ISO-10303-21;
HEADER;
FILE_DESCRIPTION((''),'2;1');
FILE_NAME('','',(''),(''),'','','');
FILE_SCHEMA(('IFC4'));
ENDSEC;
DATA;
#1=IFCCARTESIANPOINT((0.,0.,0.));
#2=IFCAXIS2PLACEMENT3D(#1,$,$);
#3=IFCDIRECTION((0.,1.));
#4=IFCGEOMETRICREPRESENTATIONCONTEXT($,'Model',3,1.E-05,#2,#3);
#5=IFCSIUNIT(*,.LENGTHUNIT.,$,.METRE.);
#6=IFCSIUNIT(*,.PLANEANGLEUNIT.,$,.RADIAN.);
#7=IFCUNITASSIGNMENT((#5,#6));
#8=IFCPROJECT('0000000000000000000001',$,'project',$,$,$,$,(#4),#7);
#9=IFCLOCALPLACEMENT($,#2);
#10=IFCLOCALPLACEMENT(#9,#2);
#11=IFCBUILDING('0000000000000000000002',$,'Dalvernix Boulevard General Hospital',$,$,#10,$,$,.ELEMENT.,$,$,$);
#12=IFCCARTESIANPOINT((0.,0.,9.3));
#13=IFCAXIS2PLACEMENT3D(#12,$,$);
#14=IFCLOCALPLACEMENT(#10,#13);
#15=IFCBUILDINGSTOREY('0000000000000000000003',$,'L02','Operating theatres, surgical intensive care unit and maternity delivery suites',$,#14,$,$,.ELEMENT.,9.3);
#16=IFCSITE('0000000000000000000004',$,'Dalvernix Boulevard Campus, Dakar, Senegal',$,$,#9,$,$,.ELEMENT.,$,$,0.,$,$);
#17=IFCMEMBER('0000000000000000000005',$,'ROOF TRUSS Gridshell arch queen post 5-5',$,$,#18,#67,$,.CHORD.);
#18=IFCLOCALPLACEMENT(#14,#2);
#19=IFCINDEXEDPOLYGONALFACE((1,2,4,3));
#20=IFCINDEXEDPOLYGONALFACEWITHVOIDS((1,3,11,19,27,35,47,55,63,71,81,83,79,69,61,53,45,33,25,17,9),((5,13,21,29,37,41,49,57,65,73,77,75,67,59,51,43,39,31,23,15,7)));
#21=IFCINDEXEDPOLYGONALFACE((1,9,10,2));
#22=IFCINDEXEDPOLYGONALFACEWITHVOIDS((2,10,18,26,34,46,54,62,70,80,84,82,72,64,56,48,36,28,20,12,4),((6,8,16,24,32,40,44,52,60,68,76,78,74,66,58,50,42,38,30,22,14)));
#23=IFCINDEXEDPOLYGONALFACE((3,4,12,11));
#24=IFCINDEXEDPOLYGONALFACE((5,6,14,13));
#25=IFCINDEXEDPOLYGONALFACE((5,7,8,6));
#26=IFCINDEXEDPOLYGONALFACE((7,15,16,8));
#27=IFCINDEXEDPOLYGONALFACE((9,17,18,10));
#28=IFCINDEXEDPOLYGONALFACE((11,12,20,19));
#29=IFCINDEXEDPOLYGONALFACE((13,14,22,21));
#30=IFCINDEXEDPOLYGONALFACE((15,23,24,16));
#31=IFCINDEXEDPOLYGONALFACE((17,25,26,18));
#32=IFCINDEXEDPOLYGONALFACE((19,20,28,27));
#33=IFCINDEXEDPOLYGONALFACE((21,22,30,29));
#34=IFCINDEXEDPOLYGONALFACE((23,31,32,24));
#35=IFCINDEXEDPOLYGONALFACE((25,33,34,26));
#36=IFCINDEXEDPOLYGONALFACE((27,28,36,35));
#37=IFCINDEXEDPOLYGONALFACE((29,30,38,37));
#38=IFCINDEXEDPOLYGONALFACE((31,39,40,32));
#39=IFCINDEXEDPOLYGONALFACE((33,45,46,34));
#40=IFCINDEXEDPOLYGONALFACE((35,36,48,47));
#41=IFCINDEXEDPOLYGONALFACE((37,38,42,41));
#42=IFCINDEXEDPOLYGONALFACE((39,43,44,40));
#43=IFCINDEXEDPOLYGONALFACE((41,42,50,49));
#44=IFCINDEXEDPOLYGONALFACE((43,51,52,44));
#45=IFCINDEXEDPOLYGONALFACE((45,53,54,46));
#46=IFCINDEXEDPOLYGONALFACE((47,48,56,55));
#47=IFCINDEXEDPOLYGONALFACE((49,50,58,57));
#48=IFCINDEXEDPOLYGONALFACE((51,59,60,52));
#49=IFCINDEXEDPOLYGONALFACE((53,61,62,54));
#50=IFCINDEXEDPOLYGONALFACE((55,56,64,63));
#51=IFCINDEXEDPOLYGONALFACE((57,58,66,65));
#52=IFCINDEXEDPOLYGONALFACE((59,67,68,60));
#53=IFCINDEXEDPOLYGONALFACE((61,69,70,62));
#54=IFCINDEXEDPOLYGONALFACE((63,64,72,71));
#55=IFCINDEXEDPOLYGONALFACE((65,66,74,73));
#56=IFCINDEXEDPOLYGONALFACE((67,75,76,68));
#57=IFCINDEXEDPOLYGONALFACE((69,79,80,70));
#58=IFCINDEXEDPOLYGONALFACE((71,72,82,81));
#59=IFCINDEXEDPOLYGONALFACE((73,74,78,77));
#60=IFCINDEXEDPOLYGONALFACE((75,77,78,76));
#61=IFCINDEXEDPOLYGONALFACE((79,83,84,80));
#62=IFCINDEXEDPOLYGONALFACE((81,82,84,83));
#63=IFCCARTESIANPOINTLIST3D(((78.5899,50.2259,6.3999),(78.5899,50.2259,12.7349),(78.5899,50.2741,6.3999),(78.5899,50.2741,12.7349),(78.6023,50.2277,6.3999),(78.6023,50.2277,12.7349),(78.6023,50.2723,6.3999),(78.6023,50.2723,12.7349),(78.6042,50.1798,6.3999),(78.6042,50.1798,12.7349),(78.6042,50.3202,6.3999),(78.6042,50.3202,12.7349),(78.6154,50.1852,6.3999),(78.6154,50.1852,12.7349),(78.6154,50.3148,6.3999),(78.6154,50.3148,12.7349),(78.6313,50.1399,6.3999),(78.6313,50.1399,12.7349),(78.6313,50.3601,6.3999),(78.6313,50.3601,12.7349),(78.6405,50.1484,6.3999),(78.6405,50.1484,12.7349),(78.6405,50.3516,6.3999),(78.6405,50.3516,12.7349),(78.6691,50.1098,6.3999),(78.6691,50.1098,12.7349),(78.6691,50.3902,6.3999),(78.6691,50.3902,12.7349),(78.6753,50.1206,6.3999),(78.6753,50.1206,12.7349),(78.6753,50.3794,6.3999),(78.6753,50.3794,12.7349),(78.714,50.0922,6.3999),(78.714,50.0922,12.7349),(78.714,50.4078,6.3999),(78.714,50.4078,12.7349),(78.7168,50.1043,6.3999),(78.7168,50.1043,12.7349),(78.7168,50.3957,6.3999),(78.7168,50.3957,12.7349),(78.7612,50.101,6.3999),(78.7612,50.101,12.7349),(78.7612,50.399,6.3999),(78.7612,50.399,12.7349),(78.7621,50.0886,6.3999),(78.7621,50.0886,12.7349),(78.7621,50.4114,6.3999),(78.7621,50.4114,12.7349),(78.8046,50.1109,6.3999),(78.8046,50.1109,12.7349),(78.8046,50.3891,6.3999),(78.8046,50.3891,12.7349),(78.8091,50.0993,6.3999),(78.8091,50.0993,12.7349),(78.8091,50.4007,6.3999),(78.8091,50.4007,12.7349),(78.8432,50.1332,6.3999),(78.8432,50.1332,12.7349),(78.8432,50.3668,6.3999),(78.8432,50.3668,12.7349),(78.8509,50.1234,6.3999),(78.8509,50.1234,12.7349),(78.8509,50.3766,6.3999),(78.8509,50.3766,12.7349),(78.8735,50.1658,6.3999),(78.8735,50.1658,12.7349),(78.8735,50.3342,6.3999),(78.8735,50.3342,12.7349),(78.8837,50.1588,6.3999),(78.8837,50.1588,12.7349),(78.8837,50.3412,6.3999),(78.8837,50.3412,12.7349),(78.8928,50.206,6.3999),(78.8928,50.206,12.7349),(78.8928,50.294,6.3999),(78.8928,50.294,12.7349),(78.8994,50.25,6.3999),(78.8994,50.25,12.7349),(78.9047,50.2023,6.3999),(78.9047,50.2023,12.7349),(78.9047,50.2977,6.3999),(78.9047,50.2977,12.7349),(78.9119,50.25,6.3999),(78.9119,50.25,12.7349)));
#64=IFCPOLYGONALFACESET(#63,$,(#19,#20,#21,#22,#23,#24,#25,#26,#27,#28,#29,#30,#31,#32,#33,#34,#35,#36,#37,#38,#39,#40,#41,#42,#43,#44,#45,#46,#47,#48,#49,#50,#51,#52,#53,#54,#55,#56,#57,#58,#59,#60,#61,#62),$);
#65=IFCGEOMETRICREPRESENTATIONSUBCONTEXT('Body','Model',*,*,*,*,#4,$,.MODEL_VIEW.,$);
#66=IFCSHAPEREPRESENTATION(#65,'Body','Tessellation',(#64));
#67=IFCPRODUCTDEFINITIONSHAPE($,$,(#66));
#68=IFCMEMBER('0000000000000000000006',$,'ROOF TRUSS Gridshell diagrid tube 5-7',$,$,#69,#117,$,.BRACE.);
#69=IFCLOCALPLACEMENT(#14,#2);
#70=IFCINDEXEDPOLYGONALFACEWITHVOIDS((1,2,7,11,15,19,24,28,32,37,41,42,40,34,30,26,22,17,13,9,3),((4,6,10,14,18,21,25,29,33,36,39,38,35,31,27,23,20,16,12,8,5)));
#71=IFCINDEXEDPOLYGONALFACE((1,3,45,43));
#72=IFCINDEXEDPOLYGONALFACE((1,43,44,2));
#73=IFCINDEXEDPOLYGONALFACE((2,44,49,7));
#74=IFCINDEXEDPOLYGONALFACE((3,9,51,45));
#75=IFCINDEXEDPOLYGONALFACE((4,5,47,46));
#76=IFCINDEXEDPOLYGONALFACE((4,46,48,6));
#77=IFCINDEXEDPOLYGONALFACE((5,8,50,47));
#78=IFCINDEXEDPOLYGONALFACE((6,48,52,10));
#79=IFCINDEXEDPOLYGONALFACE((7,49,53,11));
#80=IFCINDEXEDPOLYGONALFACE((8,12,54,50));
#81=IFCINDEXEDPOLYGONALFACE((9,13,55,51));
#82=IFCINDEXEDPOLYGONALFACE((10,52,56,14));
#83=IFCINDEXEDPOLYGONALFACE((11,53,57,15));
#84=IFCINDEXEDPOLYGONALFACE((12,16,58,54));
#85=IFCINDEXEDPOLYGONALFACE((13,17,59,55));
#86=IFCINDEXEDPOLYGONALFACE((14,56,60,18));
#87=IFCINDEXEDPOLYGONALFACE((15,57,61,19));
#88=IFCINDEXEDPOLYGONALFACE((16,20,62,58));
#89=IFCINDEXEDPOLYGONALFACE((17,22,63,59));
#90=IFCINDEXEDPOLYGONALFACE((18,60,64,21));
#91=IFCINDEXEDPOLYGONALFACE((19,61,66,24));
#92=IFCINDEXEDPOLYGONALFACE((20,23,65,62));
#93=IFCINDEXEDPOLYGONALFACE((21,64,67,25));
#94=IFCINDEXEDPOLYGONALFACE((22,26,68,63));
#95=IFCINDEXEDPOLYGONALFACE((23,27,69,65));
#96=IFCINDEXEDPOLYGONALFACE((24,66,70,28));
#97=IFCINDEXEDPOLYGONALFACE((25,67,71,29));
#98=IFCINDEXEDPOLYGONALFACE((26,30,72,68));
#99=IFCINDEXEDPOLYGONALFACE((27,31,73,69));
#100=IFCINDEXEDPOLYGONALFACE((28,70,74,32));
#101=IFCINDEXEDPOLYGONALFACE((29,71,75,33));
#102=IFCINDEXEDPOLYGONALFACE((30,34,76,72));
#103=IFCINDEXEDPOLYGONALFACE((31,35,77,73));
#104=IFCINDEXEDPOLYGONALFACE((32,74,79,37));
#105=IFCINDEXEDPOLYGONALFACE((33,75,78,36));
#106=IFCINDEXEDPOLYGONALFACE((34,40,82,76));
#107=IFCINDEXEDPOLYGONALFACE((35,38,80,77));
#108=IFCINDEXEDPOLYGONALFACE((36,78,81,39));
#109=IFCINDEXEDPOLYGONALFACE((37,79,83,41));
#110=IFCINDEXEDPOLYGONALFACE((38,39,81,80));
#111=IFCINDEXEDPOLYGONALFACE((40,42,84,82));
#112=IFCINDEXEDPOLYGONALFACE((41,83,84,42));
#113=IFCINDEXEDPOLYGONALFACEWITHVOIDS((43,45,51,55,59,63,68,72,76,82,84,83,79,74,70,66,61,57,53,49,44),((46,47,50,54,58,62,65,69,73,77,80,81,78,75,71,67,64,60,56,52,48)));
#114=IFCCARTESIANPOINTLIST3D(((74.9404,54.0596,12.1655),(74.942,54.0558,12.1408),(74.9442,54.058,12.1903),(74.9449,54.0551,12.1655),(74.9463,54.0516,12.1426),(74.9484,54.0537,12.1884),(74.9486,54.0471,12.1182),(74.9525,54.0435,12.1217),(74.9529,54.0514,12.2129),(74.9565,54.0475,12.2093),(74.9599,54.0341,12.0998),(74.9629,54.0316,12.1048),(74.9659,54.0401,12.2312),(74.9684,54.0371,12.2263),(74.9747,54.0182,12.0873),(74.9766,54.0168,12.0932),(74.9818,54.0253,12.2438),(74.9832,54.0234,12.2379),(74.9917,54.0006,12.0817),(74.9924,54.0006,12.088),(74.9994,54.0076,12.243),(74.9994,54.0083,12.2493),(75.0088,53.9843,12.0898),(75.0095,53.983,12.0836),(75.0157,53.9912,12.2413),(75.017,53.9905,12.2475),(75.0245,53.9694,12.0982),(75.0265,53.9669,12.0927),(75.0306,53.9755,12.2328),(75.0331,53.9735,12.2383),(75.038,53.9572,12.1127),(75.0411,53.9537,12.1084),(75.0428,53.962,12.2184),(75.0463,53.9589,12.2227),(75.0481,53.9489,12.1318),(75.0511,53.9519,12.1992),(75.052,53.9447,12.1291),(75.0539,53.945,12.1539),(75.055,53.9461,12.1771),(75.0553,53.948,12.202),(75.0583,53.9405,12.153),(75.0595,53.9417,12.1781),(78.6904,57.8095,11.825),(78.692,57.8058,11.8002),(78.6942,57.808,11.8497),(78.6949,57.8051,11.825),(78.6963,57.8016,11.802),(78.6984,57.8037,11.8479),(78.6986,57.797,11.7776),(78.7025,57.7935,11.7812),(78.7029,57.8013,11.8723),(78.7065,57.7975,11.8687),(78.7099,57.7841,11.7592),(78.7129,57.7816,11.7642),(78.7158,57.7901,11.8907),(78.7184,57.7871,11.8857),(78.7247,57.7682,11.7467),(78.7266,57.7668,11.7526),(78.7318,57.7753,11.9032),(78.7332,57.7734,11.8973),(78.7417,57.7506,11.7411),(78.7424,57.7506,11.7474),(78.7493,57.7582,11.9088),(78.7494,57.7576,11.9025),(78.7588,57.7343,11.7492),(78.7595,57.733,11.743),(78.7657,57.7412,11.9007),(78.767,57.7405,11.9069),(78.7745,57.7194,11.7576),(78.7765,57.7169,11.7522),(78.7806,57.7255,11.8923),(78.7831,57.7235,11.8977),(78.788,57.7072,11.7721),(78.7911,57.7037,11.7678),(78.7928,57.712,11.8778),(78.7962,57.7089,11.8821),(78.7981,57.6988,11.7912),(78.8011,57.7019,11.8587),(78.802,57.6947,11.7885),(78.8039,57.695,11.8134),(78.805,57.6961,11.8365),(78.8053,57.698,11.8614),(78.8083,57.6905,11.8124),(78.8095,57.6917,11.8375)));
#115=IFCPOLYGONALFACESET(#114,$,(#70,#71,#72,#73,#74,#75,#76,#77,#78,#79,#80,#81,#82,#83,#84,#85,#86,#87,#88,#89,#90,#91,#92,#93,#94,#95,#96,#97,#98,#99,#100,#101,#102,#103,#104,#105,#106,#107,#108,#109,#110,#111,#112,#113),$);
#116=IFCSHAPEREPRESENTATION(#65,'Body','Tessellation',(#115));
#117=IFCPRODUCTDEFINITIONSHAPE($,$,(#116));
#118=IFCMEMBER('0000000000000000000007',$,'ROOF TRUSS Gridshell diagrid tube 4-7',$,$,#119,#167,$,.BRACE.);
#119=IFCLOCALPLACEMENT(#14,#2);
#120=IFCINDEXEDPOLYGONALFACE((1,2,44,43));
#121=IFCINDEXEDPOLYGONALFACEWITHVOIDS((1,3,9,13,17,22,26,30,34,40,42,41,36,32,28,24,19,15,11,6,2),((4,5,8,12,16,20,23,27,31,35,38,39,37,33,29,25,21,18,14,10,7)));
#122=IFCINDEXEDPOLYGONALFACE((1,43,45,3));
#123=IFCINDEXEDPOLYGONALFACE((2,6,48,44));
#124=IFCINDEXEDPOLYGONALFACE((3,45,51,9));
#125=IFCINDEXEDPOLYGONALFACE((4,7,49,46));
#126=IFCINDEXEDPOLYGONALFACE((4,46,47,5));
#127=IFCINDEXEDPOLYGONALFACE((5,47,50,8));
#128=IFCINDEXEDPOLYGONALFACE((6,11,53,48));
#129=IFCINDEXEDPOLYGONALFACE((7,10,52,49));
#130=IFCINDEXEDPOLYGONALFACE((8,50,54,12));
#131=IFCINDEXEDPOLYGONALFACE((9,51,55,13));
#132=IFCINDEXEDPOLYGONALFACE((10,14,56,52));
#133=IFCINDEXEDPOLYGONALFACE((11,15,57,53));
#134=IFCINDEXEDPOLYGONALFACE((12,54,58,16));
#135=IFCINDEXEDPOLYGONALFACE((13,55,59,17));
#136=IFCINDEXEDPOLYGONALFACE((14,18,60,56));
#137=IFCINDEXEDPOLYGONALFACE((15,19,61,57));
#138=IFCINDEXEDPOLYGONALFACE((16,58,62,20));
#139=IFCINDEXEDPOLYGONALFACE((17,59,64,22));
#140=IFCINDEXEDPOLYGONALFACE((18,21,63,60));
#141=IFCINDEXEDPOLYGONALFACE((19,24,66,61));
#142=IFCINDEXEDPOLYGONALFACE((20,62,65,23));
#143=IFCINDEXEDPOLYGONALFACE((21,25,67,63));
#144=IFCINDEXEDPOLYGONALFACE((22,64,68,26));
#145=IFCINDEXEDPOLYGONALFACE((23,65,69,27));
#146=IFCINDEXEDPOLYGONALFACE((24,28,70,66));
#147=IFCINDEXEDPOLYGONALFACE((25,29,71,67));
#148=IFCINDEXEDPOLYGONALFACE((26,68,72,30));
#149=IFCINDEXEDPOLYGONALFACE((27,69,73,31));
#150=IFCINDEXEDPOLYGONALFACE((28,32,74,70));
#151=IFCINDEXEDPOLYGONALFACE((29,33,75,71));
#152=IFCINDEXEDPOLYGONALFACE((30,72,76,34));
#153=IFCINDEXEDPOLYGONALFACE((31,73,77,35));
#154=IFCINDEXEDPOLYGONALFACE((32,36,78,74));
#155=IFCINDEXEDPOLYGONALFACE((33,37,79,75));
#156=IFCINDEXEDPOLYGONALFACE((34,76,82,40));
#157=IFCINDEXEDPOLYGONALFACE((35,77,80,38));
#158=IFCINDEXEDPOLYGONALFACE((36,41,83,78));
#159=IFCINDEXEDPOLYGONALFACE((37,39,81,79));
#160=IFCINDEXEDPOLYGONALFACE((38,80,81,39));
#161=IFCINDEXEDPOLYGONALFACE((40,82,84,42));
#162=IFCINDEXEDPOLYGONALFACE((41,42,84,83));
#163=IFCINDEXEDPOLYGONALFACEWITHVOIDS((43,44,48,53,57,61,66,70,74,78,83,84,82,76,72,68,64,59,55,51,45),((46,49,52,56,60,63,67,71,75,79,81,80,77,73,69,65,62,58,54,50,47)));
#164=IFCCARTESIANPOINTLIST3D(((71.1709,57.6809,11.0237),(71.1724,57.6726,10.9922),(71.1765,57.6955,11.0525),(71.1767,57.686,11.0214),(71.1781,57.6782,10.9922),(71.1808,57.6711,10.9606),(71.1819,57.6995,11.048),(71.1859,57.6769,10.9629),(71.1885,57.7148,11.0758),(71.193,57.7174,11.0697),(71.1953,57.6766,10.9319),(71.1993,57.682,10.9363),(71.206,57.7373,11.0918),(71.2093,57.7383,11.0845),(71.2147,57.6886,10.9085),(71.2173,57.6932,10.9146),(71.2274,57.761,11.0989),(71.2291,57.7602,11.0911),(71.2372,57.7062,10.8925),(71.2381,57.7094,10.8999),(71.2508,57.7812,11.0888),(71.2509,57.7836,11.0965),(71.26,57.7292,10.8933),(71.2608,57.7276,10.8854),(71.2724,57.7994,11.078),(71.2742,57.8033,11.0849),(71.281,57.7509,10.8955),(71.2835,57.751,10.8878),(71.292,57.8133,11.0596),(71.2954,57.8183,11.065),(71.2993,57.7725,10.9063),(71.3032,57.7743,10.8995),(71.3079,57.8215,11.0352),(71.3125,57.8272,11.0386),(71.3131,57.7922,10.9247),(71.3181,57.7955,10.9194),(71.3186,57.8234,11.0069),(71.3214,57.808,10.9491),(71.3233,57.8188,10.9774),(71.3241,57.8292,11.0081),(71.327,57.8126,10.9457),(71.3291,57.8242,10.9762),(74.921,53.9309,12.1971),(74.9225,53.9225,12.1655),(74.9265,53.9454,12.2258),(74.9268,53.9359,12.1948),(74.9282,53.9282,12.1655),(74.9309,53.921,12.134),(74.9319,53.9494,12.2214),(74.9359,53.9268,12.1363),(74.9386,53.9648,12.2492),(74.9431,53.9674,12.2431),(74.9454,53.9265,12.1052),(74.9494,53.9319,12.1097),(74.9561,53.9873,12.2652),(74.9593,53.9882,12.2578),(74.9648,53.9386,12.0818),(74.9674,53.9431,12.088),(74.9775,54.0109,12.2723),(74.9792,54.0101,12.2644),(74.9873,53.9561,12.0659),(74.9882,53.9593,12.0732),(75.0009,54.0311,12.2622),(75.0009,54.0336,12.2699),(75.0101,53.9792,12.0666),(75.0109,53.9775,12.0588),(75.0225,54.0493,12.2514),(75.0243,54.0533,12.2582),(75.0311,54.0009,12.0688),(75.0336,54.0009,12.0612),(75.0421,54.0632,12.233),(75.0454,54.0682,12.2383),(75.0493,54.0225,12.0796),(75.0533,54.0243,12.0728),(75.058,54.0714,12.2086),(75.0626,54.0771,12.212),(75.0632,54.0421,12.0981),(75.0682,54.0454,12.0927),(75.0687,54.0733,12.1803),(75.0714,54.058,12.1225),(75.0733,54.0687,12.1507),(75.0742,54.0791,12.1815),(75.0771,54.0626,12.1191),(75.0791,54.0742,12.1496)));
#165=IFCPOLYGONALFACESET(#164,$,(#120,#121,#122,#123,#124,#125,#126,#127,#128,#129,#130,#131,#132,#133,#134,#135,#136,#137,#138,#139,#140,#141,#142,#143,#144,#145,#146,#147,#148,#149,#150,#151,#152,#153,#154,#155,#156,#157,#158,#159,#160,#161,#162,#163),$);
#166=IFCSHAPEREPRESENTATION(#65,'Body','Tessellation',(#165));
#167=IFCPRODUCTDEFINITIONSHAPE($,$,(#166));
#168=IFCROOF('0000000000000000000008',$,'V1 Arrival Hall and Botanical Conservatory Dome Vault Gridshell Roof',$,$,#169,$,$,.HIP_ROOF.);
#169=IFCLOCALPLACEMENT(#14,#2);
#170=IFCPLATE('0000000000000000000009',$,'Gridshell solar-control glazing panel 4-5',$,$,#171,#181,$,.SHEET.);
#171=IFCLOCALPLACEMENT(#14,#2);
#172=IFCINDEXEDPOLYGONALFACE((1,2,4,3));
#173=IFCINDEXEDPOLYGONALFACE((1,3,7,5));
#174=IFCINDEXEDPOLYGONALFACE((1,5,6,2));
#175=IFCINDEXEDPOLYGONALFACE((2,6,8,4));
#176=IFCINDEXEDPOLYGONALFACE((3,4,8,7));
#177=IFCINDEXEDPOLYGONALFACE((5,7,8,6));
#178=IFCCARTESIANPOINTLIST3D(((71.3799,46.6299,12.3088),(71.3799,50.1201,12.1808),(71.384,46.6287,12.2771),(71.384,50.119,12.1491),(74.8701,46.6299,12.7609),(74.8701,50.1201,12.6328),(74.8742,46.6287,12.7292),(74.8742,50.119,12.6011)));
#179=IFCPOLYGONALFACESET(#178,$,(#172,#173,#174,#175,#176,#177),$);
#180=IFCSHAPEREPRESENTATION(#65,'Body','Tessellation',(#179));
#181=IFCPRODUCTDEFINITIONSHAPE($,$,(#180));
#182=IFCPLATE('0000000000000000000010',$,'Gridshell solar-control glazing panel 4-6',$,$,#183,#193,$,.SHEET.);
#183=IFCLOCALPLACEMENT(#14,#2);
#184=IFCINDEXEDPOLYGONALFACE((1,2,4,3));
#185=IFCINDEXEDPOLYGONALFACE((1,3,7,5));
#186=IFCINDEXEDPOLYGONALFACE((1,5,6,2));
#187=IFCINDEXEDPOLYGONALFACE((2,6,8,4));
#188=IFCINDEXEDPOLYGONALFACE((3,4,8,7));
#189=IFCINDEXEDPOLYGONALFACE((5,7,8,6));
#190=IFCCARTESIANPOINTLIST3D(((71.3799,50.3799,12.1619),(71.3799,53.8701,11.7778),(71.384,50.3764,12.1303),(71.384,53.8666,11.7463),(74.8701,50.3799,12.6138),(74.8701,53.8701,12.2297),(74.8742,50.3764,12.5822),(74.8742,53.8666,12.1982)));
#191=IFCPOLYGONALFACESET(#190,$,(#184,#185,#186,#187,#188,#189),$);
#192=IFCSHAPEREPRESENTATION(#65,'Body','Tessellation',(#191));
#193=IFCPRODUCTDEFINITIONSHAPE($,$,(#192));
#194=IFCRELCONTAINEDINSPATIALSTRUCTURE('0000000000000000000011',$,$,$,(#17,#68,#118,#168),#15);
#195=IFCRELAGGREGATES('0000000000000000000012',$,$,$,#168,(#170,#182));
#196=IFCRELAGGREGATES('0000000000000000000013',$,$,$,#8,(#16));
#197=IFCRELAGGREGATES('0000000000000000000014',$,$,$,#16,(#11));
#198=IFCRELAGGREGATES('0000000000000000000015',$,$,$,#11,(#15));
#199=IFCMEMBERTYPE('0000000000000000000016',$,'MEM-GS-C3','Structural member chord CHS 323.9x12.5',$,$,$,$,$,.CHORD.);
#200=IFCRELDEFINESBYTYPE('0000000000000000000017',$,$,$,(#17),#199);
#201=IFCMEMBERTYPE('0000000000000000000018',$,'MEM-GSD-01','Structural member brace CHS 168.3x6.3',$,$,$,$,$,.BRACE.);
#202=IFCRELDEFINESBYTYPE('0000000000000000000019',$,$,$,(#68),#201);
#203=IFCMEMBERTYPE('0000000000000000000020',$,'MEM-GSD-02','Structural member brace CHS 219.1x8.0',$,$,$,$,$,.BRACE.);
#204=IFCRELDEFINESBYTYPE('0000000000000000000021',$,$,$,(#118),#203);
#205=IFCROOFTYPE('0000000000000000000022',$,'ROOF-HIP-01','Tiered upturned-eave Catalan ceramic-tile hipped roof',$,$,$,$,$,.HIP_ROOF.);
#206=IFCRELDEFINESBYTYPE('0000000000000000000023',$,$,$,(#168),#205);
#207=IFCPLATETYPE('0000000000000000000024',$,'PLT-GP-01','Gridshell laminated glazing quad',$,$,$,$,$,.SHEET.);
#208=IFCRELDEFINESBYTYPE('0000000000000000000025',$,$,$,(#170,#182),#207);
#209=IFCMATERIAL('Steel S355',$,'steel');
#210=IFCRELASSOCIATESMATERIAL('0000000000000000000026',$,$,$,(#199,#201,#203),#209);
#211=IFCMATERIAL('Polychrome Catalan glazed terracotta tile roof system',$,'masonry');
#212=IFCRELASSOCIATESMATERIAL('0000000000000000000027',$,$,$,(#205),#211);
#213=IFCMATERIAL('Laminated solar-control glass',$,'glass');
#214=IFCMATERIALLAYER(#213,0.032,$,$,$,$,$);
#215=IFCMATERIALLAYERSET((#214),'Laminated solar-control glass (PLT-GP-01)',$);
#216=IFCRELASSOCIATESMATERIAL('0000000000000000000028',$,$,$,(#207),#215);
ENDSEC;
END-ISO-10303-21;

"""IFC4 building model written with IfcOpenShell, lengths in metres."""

from ifc_helpers import new_model, si_unit, direction, frame, origin, origin_2d, place, context, subcontext, project, spatial, polyline, hollow_circle, outline, extrude, material, layer, layer_set, material_profile, profile_set, type_object, element, aggregate, save


model = new_model("IFC4")

# Units and contexts
model_context = context("Model", 3, precision=1e-05, world=origin(), true_north=direction((0.0, 1.0)))
body_context = subcontext(model_context, "Body", "Model", "MODEL_VIEW")
ifc_project = project(units=[si_unit("LENGTHUNIT", "METRE"), si_unit("PLANEANGLEUNIT", "RADIAN")], contexts=[model_context])

# Site, building, storey
site_placement = place(None, origin())
site = spatial("IfcSite", under=ifc_project, at=site_placement, Name="Dalvernix Boulevard Campus, Dakar, Senegal", CompositionType="ELEMENT", RefElevation=0.0)
building_placement = place(site_placement, origin())
building = spatial("IfcBuilding", under=site, at=building_placement, Name="Dalvernix Boulevard General Hospital", CompositionType="ELEMENT")
storey_placement = place(building_placement, frame((0.0, 0.0, 9.3)))
storey = spatial("IfcBuildingStorey", under=building, at=storey_placement, Name="L02", Description="Operating theatres, surgical intensive care unit and maternity delivery suites", CompositionType="ELEMENT", Elevation=9.3)

# Shared definitions
ifc_material_1 = material(Name="Steel S355", Category="steel")

# Members
ifc_material_profile_1 = material_profile(ifc_material_1, hollow_circle(Radius=0.1619, WallThickness=0.0125, at=origin_2d()), Name="CHS 323.9x12.5")
ifc_profile_set_1 = profile_set([ifc_material_profile_1], Name="Steel S355")
member_type_1 = type_object("IfcMemberType", Name="MEM-GS-C3", Description="Structural member chord CHS 323.9x12.5", PredefinedType="CHORD", material=ifc_profile_set_1)
member_1_placement = place(storey_placement, frame((78.75, 50.25, 6.3999), z_axis=(0.0, 0.0, 1.0), x_axis=(1.0, 0.0, 0.0)))
element("IfcMember", 1, at=member_1_placement, inside=storey, type_object=member_type_1, Name="ROOF TRUSS Gridshell arch queen post 5-5", PredefinedType="CHORD", context=body_context, shape_type="SweptSolid", body=[
    extrude(hollow_circle(Radius=0.1619, WallThickness=0.0125, at=origin_2d()), origin(), (0.0, 0.0, 1.0), 6.335),
])
ifc_material_profile_2 = material_profile(ifc_material_1, hollow_circle(Radius=0.0842, WallThickness=0.0063, at=origin_2d()), Name="CHS 168.3x6.3")
ifc_profile_set_2 = profile_set([ifc_material_profile_2], Name="Steel S355")
member_type_2 = type_object("IfcMemberType", Name="MEM-GSD-01", Description="Structural member brace CHS 168.3x6.3", PredefinedType="BRACE", material=ifc_profile_set_2)
member_2_placement = place(storey_placement, frame((75.0, 54.0, 12.1655), z_axis=(0.705653, 0.705653, -0.064088), x_axis=(-0.707107, 0.707107, 0.0)))
element("IfcMember", 2, at=member_2_placement, inside=storey, type_object=member_type_2, Name="ROOF TRUSS Gridshell diagrid tube 5-7", PredefinedType="BRACE", context=body_context, shape_type="SweptSolid", body=[
    extrude(hollow_circle(Radius=0.0842, WallThickness=0.0063, at=origin_2d()), origin(), (0.0, 0.0, 1.0), 5.3142),
])
ifc_material_profile_3 = material_profile(ifc_material_1, hollow_circle(Radius=0.1096, WallThickness=0.0081, at=origin_2d()), Name="CHS 219.1x8.0")
ifc_profile_set_3 = profile_set([ifc_material_profile_3], Name="Steel S355")
member_type_3 = type_object("IfcMemberType", Name="MEM-GSD-02", Description="Structural member brace CHS 219.1x8.0", PredefinedType="BRACE", material=ifc_profile_set_3)
member_3_placement = place(storey_placement, frame((75.0, 54.0, 12.1655), z_axis=(-0.690411, 0.690411, -0.216023), x_axis=(-0.707107, -0.707107, 0.0)))
element("IfcMember", 3, at=member_3_placement, inside=storey, type_object=member_type_3, Name="ROOF TRUSS Gridshell diagrid tube 4-7", PredefinedType="BRACE", context=body_context, shape_type="SweptSolid", body=[
    extrude(hollow_circle(Radius=0.1096, WallThickness=0.0081, at=origin_2d()), origin(), (0.0, 0.0, 1.0), 5.4316),
])

# Roof, plates
ifc_material_2 = material(Name="Polychrome Catalan glazed terracotta tile roof system", Category="masonry")
roof_type = type_object("IfcRoofType", Name="ROOF-HIP-01", Description="Tiered upturned-eave Catalan ceramic-tile hipped roof", PredefinedType="HIP_ROOF", material=ifc_material_2)
roof_placement = place(storey_placement, origin())
roof = element("IfcRoof", 4, at=roof_placement, inside=storey, type_object=roof_type, Name="V1 Arrival Hall and Botanical Conservatory Dome Vault Gridshell Roof", PredefinedType="HIP_ROOF")
ifc_material_3 = material(Name="Laminated solar-control glass", Category="glass")
ifc_layer_1 = layer(ifc_material_3, 0.032)
ifc_layer_set_1 = layer_set([ifc_layer_1], Name="Laminated solar-control glass (PLT-GP-01)")
plate_type_1 = type_object("IfcPlateType", Name="PLT-GP-01", Description="Gridshell laminated glazing quad", PredefinedType="SHEET", material=ifc_layer_set_1)
plate_1_placement = place(storey_placement, frame((71.3799, 46.6299, 12.3088), z_axis=(-0.128354, 0.036361, 0.991062), x_axis=(0.991717, 0.000001, 0.128439)))
plate_1 = element("IfcPlate", 5, at=plate_1_placement, type_object=plate_type_1, Name="Gridshell solar-control glazing panel 4-5", PredefinedType="SHEET", context=body_context, shape_type="SweptSolid", body=[
    extrude(outline(polyline([(0.0, 0.0), (3.5194, 0.0), (3.5029, 3.4925), (-0.0165, 3.4925), (0.0, 0.0)])), origin(), (0.0, 0.0, -1.0), 0.032),
])
plate_2_placement = place(storey_placement, frame((71.3799, 50.3799, 12.1619), z_axis=(-0.127647, 0.108476, 0.98587), x_axis=(0.991722, 0.0, 0.128405)))
plate_2 = element("IfcPlate", 6, at=plate_2_placement, type_object=plate_type_1, Name="Gridshell solar-control glazing panel 4-6", PredefinedType="SHEET", context=body_context, shape_type="SweptSolid", body=[
    extrude(outline(polyline([(0.0, 0.0), (3.5194, 0.0), (3.4701, 3.511), (-0.0493, 3.511), (0.0, 0.0)])), origin(), (0.0, 0.0, -1.0), 0.032),
])
aggregate(roof, [plate_1, plate_2])

save(model, "model.ifc")
